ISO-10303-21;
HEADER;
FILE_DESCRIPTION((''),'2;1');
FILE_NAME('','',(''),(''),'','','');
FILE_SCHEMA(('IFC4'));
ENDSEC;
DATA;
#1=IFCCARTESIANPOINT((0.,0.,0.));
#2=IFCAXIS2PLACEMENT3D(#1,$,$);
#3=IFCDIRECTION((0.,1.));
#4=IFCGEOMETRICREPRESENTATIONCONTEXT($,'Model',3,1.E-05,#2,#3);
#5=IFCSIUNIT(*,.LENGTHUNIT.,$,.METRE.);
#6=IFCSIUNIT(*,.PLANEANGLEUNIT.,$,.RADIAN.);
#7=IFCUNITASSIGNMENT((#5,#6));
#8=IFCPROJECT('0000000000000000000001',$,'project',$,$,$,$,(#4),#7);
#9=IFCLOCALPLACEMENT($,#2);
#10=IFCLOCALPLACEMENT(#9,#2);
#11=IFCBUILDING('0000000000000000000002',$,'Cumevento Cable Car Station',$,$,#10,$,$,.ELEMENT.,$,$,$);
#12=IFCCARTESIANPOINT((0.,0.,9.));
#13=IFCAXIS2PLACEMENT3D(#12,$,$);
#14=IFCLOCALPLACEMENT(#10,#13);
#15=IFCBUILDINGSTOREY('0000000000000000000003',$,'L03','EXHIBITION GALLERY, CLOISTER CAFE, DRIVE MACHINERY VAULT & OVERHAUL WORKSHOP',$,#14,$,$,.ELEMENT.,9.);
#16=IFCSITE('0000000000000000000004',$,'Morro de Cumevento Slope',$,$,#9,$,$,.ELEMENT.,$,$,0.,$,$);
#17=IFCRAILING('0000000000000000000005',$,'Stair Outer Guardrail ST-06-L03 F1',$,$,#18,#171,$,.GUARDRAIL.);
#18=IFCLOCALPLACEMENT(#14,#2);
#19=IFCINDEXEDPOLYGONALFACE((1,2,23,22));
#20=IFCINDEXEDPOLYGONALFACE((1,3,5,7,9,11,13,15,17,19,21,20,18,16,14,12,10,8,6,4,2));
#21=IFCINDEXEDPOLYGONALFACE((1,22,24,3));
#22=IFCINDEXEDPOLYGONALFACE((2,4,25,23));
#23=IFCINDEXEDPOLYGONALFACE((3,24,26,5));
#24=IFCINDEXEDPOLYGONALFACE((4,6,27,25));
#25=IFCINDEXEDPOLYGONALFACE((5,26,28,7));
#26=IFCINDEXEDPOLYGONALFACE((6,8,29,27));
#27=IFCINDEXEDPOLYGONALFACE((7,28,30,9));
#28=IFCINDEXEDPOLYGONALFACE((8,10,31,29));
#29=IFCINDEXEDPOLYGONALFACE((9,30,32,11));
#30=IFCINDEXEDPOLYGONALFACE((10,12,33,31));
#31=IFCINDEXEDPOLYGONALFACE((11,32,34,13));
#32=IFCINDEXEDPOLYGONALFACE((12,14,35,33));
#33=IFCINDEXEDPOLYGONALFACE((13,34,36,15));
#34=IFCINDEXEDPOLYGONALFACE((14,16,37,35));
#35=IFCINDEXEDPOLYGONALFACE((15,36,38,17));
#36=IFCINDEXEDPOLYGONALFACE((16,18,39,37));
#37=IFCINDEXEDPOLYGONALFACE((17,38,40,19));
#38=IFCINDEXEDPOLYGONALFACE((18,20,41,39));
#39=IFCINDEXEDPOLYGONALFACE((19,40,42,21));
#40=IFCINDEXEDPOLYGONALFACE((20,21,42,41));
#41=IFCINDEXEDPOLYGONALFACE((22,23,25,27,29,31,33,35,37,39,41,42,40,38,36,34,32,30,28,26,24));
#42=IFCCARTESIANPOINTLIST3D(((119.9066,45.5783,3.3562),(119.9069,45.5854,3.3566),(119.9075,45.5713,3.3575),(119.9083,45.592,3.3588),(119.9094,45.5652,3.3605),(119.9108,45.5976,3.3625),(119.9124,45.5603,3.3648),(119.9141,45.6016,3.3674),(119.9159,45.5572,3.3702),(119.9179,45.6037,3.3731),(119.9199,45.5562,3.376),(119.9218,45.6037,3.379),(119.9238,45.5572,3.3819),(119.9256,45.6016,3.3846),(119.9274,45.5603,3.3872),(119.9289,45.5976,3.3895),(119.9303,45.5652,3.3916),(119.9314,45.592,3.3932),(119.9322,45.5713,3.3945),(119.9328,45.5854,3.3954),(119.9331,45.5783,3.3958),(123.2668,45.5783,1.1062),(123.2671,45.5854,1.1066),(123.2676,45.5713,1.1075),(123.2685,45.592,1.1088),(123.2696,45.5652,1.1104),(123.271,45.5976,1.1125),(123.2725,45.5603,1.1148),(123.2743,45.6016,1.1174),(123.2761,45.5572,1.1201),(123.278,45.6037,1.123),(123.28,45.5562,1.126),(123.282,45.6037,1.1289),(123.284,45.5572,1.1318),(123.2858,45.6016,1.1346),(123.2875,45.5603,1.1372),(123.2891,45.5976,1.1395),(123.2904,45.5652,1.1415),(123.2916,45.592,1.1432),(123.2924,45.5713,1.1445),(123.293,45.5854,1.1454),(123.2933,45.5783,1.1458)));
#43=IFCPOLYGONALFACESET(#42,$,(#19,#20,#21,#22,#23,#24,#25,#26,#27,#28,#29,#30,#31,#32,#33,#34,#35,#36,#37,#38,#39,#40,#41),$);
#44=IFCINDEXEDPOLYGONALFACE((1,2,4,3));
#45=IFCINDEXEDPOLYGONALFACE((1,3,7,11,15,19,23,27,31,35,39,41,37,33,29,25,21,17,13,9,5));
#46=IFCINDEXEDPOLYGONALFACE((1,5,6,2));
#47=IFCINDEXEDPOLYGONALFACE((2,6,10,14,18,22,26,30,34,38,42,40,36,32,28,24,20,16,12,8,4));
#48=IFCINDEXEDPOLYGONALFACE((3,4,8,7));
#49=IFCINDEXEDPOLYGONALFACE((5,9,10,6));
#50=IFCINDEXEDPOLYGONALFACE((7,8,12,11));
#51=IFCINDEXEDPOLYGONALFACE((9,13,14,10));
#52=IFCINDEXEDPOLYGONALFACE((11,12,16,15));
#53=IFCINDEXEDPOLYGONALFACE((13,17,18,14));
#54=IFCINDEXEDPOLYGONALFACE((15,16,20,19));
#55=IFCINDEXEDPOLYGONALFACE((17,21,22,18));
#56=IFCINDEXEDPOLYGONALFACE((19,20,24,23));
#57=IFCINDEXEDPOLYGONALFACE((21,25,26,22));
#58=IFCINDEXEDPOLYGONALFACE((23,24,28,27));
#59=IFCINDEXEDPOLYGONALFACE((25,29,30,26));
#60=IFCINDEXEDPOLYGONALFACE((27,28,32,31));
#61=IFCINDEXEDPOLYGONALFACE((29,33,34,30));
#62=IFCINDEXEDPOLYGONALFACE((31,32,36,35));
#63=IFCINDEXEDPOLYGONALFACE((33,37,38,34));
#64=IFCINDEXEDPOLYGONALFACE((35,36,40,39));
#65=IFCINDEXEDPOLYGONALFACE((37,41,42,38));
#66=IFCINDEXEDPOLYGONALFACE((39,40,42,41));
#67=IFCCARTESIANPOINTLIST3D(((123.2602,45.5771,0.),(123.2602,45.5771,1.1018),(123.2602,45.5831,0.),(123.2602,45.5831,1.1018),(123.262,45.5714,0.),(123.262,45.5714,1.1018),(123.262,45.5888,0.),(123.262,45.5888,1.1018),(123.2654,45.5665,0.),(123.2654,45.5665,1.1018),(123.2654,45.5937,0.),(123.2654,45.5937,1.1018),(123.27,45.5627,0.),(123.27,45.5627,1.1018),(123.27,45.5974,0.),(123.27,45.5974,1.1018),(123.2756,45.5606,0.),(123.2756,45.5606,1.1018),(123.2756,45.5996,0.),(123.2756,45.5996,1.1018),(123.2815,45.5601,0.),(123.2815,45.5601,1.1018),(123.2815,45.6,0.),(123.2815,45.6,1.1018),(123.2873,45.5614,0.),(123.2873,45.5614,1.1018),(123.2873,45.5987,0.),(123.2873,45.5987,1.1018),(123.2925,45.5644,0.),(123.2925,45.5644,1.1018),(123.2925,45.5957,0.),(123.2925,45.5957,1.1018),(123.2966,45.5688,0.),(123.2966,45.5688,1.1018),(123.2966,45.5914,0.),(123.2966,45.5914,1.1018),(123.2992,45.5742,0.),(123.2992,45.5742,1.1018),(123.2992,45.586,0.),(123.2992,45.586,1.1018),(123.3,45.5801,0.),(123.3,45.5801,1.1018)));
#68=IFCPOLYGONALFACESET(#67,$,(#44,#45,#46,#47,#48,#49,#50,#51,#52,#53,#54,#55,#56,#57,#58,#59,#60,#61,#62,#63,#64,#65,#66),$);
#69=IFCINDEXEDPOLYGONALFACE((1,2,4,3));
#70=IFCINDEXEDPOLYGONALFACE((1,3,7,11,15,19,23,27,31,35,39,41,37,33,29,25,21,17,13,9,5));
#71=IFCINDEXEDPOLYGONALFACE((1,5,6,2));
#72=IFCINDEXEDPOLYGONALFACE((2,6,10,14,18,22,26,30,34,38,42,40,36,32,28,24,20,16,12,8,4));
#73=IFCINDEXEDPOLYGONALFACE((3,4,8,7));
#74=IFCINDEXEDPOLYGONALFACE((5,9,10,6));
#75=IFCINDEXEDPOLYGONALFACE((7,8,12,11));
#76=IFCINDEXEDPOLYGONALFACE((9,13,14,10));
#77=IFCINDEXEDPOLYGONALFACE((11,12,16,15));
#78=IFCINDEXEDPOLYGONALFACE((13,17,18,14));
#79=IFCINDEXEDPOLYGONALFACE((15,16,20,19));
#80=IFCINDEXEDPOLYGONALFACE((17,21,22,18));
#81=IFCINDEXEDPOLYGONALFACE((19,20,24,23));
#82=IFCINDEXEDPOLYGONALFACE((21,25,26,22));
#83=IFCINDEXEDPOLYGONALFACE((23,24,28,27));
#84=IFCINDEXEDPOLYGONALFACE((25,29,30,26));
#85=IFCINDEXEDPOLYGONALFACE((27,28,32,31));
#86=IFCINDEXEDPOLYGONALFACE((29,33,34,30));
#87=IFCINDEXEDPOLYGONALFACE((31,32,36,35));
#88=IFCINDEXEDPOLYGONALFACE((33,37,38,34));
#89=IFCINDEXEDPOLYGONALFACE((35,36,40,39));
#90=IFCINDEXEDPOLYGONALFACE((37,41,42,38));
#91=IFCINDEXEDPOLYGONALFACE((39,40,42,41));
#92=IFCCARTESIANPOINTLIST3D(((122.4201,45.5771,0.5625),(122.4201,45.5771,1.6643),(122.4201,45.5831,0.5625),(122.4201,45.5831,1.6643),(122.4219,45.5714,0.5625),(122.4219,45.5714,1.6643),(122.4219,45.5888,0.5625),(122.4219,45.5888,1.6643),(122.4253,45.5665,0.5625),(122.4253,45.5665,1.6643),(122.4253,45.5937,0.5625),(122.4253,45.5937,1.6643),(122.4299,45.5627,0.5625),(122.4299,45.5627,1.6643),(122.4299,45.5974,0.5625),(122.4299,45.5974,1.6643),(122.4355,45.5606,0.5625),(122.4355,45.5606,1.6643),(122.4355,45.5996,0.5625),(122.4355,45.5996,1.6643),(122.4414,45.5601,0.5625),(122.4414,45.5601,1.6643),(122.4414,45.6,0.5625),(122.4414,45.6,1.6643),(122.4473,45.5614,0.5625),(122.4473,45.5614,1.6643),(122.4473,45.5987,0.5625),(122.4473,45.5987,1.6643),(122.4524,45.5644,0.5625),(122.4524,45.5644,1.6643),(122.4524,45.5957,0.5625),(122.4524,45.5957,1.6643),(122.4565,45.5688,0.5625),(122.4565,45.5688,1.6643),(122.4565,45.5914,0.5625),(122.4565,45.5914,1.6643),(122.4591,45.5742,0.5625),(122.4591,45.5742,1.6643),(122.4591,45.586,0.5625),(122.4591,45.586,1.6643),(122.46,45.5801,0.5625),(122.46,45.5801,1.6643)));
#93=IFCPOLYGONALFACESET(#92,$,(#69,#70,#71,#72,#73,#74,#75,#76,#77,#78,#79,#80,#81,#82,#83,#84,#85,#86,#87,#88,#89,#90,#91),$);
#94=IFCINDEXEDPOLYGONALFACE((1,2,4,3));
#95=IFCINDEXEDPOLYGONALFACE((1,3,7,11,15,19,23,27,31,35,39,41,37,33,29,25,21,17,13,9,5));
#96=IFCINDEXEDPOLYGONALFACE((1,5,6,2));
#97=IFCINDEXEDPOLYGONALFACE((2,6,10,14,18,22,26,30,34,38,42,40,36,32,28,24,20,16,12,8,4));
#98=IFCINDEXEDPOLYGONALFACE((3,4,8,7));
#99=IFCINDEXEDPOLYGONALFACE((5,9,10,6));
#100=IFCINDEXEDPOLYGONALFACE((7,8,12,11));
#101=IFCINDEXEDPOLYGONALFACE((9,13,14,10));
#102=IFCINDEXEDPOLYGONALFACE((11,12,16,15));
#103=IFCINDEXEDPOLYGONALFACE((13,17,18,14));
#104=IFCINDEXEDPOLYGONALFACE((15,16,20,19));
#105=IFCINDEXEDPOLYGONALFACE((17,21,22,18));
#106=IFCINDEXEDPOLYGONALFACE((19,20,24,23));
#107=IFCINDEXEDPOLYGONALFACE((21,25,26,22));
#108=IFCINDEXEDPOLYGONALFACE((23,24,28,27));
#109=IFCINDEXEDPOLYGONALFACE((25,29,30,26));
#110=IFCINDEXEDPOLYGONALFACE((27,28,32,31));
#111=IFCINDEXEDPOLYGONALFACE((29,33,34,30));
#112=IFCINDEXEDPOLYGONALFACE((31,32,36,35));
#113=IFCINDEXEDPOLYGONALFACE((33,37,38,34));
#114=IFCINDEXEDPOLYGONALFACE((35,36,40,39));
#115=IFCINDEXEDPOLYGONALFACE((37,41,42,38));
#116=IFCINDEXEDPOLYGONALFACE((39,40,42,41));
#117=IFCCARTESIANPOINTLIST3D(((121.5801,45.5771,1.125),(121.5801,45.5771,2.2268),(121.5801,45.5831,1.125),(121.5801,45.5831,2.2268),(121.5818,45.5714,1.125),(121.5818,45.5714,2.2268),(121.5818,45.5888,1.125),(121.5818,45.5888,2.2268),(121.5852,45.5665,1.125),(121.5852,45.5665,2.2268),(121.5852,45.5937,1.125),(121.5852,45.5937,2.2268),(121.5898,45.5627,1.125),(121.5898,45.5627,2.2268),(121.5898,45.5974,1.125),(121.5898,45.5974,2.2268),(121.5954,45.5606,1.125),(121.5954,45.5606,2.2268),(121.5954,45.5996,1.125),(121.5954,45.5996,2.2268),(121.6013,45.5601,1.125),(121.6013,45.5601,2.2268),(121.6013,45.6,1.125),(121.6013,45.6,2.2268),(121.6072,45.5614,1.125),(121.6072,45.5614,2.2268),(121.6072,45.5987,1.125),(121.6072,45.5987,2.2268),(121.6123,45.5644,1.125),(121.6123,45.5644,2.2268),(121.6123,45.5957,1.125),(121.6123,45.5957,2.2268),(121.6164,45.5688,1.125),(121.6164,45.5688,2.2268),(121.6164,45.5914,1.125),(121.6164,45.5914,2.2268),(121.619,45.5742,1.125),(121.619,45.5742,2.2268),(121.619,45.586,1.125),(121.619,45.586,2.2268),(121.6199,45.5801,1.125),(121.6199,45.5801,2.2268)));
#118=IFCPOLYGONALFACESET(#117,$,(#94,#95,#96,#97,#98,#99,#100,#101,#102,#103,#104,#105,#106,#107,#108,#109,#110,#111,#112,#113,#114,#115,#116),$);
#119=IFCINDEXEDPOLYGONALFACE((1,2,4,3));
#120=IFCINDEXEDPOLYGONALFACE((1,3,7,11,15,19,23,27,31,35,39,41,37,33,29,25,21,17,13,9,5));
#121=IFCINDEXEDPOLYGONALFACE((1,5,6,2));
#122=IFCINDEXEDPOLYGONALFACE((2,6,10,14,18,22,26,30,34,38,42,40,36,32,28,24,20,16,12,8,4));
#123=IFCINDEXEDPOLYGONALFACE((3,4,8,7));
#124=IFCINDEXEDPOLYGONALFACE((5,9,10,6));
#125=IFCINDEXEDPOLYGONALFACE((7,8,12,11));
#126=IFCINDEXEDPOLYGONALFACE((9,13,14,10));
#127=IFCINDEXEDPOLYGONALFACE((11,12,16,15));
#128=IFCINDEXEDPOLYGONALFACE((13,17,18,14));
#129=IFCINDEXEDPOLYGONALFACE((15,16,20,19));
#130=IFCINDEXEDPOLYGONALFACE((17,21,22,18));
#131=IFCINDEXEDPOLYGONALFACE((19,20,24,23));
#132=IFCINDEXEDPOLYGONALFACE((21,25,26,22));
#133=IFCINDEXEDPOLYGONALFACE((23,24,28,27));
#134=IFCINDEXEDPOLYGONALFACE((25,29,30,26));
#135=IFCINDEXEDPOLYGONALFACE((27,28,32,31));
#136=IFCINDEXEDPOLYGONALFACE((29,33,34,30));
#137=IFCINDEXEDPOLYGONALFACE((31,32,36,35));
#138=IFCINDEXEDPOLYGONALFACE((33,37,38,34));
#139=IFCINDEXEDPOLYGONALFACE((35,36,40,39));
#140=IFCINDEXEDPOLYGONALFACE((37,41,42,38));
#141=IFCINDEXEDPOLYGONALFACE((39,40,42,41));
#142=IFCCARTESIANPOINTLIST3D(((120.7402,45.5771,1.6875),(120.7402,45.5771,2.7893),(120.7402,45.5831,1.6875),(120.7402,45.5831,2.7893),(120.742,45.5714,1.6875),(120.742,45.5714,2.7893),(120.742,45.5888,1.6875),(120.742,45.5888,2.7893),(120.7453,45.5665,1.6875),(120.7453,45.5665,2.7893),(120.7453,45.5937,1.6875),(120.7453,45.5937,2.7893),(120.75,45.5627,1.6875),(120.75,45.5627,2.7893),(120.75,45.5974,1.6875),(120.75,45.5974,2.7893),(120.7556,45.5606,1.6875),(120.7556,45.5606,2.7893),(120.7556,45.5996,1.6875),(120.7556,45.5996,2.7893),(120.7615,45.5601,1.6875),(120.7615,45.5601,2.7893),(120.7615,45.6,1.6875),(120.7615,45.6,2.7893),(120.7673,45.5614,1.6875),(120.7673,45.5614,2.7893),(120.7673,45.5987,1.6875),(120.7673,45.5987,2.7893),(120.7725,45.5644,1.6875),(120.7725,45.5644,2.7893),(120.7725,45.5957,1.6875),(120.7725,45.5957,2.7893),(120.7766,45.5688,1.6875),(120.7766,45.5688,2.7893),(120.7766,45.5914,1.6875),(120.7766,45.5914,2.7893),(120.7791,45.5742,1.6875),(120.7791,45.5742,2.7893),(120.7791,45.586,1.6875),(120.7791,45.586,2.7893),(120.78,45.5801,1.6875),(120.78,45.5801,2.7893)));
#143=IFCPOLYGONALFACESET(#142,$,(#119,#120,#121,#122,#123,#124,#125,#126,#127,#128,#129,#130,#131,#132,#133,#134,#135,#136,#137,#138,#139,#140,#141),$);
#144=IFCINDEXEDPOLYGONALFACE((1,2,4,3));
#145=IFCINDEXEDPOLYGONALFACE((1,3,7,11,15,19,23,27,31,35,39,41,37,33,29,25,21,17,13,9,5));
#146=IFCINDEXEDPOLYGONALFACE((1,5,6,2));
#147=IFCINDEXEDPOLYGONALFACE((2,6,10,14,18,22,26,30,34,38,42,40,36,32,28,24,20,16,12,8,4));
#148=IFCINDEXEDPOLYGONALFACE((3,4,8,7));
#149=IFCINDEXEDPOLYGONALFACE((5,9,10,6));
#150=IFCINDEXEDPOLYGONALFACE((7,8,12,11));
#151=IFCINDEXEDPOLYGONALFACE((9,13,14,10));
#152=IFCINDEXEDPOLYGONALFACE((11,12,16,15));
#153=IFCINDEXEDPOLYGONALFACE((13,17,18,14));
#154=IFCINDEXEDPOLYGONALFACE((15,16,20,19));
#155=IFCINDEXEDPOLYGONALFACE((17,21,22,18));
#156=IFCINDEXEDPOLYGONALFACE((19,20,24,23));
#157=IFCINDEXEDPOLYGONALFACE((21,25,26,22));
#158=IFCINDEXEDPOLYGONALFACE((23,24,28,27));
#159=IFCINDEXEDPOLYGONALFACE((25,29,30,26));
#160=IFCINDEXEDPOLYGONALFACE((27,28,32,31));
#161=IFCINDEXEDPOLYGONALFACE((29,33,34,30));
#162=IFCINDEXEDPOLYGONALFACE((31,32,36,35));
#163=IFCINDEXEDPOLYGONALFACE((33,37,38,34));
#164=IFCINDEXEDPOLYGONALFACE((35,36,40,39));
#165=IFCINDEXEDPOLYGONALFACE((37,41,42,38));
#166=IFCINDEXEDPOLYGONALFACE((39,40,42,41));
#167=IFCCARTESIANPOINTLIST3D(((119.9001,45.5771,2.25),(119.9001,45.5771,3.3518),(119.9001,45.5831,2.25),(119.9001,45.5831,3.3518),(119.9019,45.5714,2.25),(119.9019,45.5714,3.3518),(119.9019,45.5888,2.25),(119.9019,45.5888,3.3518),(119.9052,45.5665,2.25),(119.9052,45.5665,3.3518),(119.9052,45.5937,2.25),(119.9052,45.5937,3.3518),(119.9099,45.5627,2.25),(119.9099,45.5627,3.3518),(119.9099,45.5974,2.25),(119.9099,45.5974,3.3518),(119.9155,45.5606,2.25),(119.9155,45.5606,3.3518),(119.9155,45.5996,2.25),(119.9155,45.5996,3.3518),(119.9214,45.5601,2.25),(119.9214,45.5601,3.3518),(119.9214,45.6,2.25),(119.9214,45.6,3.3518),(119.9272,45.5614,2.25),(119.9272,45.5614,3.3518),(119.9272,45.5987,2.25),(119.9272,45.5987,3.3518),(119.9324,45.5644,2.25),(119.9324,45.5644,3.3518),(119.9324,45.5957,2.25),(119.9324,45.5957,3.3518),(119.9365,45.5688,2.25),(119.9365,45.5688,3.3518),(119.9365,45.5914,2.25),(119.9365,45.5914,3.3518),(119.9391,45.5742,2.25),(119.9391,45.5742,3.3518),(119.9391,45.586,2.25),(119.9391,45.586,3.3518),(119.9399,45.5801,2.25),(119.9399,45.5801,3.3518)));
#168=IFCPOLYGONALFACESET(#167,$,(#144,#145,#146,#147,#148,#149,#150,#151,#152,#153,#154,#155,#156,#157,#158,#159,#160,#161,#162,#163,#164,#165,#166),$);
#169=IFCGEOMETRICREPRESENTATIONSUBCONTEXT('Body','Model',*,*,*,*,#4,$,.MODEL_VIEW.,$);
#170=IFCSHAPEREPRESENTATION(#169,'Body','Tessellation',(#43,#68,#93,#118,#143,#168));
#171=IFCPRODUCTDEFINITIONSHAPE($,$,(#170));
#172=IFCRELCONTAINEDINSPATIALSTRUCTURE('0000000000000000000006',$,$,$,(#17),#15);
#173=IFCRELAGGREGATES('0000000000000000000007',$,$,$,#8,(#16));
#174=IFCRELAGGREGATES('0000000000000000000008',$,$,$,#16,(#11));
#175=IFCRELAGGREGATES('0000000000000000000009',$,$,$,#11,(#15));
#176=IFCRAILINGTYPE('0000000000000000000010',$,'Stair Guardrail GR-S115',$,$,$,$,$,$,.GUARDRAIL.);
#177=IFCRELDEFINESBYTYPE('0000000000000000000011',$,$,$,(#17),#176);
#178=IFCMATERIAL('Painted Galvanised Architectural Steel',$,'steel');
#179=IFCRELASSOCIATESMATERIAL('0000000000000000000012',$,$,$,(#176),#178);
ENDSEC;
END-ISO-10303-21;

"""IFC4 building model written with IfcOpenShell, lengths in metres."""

from ifc_helpers import new_model, si_unit, direction, frame, origin, origin_2d, place, context, subcontext, project, spatial, circle, extrude, material, type_object, element, save


model = new_model("IFC4")

# Units and contexts
model_context = context("Model", 3, precision=1e-05, world=origin(), true_north=direction((0.0, 1.0)))
body_context = subcontext(model_context, "Body", "Model", "MODEL_VIEW")
ifc_project = project(units=[si_unit("LENGTHUNIT", "METRE"), si_unit("PLANEANGLEUNIT", "RADIAN")], contexts=[model_context])

# Site, building, storey
site_placement = place(None, origin())
site = spatial("IfcSite", under=ifc_project, at=site_placement, Name="Morro de Cumevento Slope", CompositionType="ELEMENT", RefElevation=0.0)
building_placement = place(site_placement, origin())
building = spatial("IfcBuilding", under=site, at=building_placement, Name="Cumevento Cable Car Station", CompositionType="ELEMENT")
storey_placement = place(building_placement, frame((0.0, 0.0, 9.0)))
storey = spatial("IfcBuildingStorey", under=building, at=storey_placement, Name="L03", Description="EXHIBITION GALLERY, CLOISTER CAFE, DRIVE MACHINERY VAULT & OVERHAUL WORKSHOP", CompositionType="ELEMENT", Elevation=9.0)

# Railing
ifc_material_1 = material(Name="Painted Galvanised Architectural Steel", Category="steel")
railing_type_1 = type_object("IfcRailingType", Name="Stair Guardrail GR-S115", PredefinedType="GUARDRAIL", material=ifc_material_1)
railing_1_placement = place(storey_placement, frame((123.28, 45.5801, 0.0)))
element("IfcRailing", 1, at=railing_1_placement, inside=storey, type_object=railing_type_1, Name="Stair Outer Guardrail ST-06-L03 F1", PredefinedType="GUARDRAIL", context=body_context, shape_type="SweptSolid", body=[
    extrude(circle(Radius=0.0239, at=origin_2d()), frame((0.0, 0.0, 1.126), z_axis=(-0.830915, 0.0, 0.556399), x_axis=(0.0, -1.0, 0.0)), (0.0, 0.0, 1.0), 4.0439),
    extrude(circle(Radius=0.02, at=origin_2d()), origin(), (0.0, 0.0, 1.0), 1.1018),
    extrude(circle(Radius=0.02, at=origin_2d()), frame((-0.8401, 0.0, 0.5625)), (0.0, 0.0, 1.0), 1.1018),
    extrude(circle(Radius=0.02, at=origin_2d()), frame((-1.6802, 0.0, 1.125)), (0.0, 0.0, 1.0), 1.1018),
    extrude(circle(Radius=0.02, at=origin_2d()), frame((-2.52, 0.0, 1.6875)), (0.0, 0.0, 1.0), 1.1018),
    extrude(circle(Radius=0.02, at=origin_2d()), frame((-3.3601, 0.0, 2.25)), (0.0, 0.0, 1.0), 1.1018),
])

save(model, "model.ifc")
